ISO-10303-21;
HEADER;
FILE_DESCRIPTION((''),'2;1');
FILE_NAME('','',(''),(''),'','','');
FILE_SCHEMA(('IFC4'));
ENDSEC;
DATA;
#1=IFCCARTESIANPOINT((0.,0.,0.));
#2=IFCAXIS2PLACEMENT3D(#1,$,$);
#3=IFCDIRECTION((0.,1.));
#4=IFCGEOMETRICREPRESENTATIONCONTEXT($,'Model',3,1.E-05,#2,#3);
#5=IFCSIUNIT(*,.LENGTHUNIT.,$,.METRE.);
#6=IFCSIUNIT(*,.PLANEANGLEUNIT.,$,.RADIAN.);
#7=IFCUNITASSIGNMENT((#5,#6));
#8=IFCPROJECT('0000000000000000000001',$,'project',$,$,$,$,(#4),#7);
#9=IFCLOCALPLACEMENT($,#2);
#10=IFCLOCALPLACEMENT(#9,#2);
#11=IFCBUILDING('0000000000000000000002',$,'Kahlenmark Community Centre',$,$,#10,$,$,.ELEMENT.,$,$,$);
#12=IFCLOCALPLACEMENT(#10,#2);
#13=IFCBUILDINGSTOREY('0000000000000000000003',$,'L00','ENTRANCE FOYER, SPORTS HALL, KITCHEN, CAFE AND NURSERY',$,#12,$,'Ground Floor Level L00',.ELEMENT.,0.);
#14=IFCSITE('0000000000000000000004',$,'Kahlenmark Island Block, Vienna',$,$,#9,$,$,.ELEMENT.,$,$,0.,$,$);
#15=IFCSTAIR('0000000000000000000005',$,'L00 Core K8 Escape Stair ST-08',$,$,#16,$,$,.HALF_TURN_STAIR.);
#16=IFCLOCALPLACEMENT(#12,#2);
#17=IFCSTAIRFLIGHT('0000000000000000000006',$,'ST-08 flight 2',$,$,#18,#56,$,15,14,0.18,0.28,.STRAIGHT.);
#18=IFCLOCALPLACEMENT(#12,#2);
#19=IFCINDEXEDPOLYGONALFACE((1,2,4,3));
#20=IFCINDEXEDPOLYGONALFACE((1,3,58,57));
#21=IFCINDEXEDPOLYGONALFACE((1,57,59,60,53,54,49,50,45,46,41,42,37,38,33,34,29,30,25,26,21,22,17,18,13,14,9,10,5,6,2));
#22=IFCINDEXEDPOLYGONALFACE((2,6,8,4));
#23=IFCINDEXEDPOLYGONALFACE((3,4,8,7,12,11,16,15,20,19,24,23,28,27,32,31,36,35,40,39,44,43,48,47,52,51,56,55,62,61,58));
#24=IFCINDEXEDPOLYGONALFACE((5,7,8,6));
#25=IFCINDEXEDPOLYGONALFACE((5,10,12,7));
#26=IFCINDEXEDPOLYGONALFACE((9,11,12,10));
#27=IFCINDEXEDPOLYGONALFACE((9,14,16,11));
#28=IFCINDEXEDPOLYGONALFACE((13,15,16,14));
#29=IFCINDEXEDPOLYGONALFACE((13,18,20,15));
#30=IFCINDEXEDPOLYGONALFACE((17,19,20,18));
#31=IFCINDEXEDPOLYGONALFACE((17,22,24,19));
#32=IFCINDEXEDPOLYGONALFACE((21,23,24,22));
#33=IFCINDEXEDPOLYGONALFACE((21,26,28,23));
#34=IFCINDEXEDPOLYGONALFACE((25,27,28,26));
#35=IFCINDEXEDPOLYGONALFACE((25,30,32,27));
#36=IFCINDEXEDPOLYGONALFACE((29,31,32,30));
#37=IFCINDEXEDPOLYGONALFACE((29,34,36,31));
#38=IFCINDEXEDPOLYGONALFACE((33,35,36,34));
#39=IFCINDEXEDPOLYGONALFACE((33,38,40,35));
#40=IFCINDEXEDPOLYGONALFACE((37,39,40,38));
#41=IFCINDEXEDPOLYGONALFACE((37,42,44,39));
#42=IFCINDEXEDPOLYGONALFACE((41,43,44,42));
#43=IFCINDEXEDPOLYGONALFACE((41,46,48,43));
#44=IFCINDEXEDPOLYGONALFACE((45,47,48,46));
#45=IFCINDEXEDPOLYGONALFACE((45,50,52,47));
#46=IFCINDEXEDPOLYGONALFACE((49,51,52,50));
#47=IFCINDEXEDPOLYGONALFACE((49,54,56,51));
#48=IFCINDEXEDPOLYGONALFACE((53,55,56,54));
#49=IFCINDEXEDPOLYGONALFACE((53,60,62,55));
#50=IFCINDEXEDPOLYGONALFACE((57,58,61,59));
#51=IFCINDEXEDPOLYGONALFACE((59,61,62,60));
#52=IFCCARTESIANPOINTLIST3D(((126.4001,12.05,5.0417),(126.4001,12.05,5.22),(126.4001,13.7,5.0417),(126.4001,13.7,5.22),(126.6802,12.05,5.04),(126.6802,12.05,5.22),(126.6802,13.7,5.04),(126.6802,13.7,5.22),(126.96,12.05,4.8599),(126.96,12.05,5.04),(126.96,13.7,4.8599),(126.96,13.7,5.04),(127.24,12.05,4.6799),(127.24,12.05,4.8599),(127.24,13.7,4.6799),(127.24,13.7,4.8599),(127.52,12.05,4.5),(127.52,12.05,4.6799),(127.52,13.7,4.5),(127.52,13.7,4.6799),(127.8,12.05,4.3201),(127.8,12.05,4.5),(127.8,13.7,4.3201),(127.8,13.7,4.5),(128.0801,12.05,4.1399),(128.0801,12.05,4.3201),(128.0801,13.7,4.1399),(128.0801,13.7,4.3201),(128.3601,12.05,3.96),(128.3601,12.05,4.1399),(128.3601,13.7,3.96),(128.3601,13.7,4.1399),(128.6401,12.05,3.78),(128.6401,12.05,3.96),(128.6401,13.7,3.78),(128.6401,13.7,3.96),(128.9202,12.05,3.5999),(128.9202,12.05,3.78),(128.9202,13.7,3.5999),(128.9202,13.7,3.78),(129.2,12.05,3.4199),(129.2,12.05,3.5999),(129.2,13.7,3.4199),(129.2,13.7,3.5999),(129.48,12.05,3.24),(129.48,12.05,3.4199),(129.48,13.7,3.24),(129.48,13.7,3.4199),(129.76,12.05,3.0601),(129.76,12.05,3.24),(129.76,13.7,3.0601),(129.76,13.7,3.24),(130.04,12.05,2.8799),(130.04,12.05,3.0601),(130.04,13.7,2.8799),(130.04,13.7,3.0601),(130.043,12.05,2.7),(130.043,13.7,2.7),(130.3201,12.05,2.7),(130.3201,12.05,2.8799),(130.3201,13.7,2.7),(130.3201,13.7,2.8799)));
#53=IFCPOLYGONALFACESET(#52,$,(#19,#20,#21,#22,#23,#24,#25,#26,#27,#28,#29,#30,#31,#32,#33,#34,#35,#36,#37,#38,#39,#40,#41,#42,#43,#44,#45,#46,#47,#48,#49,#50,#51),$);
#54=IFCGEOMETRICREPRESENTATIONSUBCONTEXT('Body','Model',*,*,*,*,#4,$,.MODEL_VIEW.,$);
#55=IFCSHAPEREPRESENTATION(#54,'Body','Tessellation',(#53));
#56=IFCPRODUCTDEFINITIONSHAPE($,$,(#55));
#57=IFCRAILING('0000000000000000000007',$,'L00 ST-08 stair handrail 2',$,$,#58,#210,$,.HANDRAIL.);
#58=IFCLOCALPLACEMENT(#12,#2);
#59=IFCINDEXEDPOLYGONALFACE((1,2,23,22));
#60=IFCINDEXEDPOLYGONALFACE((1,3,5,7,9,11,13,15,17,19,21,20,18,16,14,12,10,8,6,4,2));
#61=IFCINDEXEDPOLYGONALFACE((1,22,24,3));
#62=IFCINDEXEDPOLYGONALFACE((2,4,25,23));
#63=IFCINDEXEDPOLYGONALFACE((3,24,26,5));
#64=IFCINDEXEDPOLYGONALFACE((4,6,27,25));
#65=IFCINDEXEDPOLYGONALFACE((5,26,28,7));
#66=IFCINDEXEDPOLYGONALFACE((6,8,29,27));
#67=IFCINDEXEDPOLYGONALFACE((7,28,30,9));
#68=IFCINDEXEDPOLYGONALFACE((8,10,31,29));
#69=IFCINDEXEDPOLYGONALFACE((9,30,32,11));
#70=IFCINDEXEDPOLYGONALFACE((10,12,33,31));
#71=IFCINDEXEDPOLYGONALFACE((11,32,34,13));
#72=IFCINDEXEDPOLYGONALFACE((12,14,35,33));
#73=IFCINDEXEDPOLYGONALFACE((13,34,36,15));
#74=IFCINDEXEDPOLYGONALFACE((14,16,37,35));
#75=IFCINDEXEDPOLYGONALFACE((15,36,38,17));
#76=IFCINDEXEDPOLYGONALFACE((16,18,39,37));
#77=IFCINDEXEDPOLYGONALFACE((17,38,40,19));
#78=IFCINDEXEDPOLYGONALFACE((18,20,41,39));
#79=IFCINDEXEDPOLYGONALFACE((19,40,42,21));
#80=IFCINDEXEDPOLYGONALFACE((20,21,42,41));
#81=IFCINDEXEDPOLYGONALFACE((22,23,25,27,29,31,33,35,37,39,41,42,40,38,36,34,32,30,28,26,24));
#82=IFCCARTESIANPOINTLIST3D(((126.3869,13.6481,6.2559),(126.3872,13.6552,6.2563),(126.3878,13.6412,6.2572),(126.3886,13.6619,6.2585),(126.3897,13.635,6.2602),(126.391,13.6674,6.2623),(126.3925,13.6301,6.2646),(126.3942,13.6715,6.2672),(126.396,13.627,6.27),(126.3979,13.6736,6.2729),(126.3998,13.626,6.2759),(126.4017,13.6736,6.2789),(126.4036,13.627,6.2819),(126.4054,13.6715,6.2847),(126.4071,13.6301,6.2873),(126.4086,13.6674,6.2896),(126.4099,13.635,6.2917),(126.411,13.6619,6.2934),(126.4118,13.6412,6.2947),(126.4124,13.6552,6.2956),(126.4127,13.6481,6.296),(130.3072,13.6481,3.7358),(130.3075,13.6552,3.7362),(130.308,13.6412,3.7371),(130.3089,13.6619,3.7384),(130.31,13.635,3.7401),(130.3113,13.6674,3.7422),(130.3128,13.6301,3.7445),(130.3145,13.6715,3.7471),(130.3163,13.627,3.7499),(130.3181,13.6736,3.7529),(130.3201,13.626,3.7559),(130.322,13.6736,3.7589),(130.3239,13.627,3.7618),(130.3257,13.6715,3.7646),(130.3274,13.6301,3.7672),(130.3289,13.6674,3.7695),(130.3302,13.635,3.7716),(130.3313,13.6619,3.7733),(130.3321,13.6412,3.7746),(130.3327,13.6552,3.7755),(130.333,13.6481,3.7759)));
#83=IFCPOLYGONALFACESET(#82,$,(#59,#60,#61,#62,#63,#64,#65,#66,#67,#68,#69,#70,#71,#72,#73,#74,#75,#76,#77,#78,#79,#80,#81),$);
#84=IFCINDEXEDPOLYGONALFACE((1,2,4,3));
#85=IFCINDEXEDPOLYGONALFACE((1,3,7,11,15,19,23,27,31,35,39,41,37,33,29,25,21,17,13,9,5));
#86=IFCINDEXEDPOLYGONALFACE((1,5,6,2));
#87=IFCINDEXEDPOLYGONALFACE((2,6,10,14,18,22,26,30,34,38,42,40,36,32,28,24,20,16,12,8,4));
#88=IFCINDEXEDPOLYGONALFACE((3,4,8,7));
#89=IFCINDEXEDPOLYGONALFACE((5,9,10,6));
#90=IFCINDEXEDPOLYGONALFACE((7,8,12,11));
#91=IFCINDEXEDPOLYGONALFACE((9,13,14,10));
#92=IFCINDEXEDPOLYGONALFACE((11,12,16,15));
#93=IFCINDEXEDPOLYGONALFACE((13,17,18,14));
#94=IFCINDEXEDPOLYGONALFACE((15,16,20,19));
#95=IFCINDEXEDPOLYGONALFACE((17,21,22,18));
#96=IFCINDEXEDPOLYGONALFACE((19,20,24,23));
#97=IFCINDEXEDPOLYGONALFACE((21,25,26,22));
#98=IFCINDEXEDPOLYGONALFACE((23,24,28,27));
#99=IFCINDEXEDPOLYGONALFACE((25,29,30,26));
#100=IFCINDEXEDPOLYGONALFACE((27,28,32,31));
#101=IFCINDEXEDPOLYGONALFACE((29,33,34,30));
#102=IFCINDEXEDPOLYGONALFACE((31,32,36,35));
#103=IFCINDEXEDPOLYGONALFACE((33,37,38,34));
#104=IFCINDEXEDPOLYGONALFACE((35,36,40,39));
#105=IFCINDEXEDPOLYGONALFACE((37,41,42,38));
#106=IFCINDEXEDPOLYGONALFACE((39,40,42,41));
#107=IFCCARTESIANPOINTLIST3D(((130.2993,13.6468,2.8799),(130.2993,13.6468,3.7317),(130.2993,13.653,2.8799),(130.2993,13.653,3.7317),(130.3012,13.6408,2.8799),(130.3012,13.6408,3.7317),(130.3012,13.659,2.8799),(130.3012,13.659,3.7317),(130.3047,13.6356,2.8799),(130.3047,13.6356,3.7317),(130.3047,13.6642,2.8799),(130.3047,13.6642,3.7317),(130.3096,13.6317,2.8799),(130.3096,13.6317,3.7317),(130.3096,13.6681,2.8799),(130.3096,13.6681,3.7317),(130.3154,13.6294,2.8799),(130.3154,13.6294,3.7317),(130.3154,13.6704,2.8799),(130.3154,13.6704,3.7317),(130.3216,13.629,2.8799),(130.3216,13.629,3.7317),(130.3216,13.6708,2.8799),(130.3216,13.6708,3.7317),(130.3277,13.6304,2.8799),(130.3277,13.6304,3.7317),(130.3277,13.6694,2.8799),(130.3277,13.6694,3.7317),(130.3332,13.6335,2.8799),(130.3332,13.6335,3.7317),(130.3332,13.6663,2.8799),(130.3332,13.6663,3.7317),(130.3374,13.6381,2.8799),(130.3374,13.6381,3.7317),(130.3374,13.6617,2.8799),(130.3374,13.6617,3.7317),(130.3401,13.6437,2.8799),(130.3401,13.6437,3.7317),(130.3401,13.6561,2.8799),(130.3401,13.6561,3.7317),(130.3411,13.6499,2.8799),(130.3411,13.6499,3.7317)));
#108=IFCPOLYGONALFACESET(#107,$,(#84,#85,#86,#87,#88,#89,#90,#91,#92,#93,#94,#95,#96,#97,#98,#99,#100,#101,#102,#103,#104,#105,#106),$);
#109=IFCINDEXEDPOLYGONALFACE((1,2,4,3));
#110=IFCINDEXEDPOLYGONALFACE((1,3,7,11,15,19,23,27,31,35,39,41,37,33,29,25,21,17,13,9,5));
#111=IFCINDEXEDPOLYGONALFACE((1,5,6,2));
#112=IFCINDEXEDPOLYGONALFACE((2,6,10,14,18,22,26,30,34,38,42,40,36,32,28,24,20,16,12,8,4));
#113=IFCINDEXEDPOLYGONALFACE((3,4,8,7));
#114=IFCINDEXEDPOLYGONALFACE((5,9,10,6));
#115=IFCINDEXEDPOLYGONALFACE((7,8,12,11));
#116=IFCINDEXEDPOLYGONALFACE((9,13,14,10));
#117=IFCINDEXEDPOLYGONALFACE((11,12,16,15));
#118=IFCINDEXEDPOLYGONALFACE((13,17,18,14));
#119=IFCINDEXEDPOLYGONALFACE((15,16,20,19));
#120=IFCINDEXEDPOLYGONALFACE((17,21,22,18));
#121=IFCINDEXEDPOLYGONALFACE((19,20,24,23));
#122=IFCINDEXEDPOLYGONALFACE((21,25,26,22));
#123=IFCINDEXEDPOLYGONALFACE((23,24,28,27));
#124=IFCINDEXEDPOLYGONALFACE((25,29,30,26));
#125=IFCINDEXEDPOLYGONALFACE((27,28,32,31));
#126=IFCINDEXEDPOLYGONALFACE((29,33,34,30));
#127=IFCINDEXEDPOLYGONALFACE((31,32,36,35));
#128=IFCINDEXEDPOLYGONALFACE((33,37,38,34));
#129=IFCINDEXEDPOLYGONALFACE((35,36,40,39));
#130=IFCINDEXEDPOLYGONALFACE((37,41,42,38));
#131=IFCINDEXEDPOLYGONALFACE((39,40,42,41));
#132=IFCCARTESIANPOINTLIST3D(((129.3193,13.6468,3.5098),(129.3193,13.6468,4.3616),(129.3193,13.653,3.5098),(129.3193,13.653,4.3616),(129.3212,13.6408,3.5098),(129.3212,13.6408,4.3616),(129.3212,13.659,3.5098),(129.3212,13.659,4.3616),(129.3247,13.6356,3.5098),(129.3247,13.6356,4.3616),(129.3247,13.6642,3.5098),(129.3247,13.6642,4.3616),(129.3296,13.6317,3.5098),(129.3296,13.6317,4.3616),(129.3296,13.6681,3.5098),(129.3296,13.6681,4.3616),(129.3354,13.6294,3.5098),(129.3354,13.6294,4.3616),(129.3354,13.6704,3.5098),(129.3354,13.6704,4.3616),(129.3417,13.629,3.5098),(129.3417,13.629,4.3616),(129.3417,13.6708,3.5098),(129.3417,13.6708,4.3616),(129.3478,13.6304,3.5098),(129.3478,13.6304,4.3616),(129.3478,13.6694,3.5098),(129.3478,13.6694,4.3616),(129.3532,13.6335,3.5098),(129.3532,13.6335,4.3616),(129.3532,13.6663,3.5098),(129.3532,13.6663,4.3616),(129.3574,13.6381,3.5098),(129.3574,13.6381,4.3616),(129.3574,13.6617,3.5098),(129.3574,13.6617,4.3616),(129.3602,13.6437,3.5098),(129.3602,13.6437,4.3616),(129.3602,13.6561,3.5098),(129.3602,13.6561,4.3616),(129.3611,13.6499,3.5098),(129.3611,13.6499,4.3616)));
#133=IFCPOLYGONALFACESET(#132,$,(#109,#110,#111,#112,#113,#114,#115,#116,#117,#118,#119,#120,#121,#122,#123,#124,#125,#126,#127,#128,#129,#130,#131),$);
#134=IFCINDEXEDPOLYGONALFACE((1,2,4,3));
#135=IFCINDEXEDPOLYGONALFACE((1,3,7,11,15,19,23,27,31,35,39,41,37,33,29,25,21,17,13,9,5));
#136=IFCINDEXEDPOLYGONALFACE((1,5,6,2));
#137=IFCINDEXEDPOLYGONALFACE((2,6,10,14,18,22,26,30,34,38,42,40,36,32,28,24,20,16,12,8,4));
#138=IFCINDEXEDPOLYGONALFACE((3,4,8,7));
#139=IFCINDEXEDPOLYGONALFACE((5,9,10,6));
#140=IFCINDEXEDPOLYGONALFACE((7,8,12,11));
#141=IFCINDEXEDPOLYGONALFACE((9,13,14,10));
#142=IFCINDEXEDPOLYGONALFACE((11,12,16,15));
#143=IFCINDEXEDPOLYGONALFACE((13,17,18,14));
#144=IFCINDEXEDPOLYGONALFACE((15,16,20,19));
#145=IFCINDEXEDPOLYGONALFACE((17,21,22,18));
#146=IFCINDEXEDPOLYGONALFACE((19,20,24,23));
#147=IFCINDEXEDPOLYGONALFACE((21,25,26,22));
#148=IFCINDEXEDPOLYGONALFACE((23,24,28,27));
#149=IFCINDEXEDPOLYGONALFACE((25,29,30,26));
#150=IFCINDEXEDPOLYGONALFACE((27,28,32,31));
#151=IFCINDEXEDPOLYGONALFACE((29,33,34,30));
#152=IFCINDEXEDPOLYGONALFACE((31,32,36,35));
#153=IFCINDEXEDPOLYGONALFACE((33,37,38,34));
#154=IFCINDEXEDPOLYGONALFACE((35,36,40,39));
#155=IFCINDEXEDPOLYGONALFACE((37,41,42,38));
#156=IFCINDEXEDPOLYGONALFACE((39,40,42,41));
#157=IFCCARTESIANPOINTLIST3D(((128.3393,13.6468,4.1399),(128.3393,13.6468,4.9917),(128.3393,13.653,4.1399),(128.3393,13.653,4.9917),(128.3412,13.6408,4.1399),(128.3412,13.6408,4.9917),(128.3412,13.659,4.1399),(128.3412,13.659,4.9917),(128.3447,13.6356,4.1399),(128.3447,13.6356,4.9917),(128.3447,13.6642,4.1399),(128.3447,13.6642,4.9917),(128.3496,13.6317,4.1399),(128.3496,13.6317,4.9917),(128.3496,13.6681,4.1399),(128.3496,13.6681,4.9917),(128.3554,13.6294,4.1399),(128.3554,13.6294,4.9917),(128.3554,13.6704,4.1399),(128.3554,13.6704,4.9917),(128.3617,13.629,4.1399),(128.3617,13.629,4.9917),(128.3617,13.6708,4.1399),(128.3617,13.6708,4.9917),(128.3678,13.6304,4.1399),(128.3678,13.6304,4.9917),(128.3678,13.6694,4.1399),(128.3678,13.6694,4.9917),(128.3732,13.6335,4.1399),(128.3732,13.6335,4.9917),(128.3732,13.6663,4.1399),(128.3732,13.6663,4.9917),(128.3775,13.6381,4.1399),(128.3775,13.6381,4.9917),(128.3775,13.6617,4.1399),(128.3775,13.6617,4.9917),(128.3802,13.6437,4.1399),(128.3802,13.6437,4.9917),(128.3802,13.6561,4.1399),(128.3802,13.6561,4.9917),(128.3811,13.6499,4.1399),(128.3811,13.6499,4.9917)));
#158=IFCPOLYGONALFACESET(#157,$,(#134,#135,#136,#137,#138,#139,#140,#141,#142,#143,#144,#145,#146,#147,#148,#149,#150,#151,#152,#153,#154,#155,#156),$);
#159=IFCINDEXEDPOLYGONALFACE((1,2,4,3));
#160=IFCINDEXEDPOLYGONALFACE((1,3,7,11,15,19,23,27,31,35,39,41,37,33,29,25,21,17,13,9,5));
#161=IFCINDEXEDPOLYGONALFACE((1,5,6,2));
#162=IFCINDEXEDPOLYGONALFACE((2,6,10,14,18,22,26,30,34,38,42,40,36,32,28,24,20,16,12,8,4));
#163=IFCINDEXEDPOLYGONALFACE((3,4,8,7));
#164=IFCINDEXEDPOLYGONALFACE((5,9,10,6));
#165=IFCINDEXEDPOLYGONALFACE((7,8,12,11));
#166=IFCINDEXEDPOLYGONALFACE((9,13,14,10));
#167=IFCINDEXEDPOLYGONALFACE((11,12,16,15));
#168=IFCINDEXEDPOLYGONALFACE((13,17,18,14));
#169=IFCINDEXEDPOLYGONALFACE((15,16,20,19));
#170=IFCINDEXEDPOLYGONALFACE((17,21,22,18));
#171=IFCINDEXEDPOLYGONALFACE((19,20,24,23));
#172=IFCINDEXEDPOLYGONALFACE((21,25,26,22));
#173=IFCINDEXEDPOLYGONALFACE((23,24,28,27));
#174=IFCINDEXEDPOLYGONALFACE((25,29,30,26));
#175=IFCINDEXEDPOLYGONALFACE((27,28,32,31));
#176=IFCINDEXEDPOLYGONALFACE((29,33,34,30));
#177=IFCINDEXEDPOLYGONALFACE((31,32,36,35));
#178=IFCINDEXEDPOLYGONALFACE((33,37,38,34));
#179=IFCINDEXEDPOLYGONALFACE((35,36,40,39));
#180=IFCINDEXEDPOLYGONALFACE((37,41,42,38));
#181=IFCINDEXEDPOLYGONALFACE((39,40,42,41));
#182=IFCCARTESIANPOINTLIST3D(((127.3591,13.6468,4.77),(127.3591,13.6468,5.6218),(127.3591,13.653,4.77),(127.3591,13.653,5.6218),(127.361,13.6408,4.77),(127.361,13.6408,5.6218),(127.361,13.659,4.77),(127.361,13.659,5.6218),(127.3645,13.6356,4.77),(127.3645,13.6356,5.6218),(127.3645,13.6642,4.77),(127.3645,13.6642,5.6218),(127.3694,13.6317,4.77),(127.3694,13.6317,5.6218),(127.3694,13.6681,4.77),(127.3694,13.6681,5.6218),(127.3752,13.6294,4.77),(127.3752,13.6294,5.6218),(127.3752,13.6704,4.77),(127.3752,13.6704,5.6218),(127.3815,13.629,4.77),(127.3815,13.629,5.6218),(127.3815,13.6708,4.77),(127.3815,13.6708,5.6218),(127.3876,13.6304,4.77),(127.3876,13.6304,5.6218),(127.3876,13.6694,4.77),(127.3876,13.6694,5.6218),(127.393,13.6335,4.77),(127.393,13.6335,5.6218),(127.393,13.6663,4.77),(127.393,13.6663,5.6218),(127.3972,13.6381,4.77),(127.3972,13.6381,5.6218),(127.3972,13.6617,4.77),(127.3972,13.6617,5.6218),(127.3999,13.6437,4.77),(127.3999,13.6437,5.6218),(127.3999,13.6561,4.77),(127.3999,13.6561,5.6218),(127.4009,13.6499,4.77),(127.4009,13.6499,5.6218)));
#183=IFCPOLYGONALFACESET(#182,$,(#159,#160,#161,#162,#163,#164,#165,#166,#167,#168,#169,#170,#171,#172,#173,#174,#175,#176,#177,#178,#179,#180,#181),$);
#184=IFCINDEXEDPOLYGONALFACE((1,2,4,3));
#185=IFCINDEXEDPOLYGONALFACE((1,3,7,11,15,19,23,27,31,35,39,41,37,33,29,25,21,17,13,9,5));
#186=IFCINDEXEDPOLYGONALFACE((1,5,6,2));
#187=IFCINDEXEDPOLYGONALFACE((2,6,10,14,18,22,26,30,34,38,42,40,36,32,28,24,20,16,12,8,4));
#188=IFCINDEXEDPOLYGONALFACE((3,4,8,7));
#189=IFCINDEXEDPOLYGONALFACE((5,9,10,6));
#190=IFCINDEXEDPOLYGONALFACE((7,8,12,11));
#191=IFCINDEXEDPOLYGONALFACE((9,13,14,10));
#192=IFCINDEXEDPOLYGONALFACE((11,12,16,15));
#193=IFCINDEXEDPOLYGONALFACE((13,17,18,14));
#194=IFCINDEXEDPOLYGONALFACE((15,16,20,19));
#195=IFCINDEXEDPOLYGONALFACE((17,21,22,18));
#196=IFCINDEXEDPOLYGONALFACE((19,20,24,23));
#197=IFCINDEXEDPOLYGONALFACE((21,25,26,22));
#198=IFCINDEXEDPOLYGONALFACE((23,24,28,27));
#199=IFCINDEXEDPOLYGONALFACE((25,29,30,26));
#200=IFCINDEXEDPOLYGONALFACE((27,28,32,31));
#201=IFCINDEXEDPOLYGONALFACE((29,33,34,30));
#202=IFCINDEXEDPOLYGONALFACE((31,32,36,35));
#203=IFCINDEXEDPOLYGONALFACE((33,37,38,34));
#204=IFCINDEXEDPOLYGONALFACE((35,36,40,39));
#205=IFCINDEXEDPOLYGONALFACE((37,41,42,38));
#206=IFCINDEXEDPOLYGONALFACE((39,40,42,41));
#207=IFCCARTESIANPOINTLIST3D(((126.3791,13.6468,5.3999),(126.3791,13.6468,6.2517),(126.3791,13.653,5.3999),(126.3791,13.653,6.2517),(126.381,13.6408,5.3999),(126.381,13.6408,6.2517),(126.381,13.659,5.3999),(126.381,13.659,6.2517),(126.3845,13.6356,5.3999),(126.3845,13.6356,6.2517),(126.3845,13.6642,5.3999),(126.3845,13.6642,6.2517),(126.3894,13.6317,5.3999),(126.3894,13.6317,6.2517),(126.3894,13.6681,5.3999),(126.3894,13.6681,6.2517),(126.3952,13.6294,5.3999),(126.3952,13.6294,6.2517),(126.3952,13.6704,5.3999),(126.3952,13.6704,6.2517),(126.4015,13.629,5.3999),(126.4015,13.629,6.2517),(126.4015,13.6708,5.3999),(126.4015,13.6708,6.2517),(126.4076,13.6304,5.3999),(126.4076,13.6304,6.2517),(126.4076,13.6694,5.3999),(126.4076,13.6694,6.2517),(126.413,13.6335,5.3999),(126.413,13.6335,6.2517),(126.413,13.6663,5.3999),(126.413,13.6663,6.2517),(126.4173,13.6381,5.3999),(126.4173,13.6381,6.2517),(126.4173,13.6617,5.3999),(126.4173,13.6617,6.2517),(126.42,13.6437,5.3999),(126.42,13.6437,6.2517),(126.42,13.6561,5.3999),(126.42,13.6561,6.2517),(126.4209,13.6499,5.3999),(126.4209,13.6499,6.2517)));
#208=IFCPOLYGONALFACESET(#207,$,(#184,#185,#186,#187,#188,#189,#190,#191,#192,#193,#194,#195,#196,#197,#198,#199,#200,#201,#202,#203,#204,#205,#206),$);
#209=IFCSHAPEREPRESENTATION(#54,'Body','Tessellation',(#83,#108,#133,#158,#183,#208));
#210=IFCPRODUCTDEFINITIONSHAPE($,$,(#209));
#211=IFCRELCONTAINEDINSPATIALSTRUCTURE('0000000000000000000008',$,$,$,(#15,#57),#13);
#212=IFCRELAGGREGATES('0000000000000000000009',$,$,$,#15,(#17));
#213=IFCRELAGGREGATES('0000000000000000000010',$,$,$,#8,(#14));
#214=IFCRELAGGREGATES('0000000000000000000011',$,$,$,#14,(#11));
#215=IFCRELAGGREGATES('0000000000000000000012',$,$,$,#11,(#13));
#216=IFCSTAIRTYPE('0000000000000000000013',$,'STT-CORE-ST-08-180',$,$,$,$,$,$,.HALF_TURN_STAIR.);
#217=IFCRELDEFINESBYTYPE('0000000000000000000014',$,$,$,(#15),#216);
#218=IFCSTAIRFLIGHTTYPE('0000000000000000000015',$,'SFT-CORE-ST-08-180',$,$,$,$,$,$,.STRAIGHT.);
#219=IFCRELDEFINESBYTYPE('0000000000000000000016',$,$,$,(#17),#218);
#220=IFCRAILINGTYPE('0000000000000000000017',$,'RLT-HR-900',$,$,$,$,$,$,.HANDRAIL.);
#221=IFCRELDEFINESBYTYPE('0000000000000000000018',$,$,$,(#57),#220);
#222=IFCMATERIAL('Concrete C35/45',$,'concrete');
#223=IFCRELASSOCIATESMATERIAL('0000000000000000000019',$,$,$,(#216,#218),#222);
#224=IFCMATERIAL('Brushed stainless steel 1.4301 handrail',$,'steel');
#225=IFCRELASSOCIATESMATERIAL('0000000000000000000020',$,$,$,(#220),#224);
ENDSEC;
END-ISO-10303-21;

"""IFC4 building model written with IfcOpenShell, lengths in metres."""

from ifc_helpers import new_model, si_unit, direction, frame, origin, origin_2d, place, context, subcontext, project, spatial, polyline, circle, outline, extrude, material, type_object, element, aggregate, save


model = new_model("IFC4")

# Units and contexts
model_context = context("Model", 3, precision=1e-05, world=origin(), true_north=direction((0.0, 1.0)))
body_context = subcontext(model_context, "Body", "Model", "MODEL_VIEW")
ifc_project = project(units=[si_unit("LENGTHUNIT", "METRE"), si_unit("PLANEANGLEUNIT", "RADIAN")], contexts=[model_context])

# Site, building, storey
site_placement = place(None, origin())
site = spatial("IfcSite", under=ifc_project, at=site_placement, Name="Kahlenmark Island Block, Vienna", CompositionType="ELEMENT", RefElevation=0.0)
building_placement = place(site_placement, origin())
building = spatial("IfcBuilding", under=site, at=building_placement, Name="Kahlenmark Community Centre", CompositionType="ELEMENT")
storey_placement = place(building_placement, origin())
storey = spatial("IfcBuildingStorey", under=building, at=storey_placement, Name="L00", Description="ENTRANCE FOYER, SPORTS HALL, KITCHEN, CAFE AND NURSERY", LongName="Ground Floor Level L00", CompositionType="ELEMENT", Elevation=0.0)

# Shared definitions
ifc_material_1 = material(Name="Concrete C35/45", Category="concrete")

# Stair, stair flight
stair_type = type_object("IfcStairType", Name="STT-CORE-ST-08-180", PredefinedType="HALF_TURN_STAIR", material=ifc_material_1)
stair_placement = place(storey_placement, origin())
stair = element("IfcStair", 1, at=stair_placement, inside=storey, type_object=stair_type, Name="L00 Core K8 Escape Stair ST-08", PredefinedType="HALF_TURN_STAIR")
stair_flight_type = type_object("IfcStairFlightType", Name="SFT-CORE-ST-08-180", PredefinedType="STRAIGHT", material=ifc_material_1)
stair_flight_placement = place(storey_placement, frame((130.3201, 12.875, 2.7), z_axis=(0.0, 0.0, 1.0), x_axis=(-1.0, 0.0, 0.0)))
stair_flight = element("IfcStairFlight", 2, at=stair_flight_placement, type_object=stair_flight_type, Name="ST-08 flight 2", NumberOfRisers=15, NumberOfTreads=14, PredefinedType="STRAIGHT", RiserHeight=0.18, TreadLength=0.28, context=body_context, shape_type="SweptSolid", body=[
    extrude(outline(polyline([(0.0, 0.0), (0.0, 0.1799), (0.28, 0.1799), (0.28, 0.3601), (0.5601, 0.3601), (0.5601, 0.54), (0.8401, 0.54), (0.8401, 0.72), (1.1201, 0.72), (1.1201, 0.8999), (1.3999, 0.8999), (1.3999, 1.0801), (1.6799, 1.0801), (1.6799, 1.26), (1.96, 1.26), (1.96, 1.4399), (2.24, 1.4399), (2.24, 1.6201), (2.52, 1.6201), (2.52, 1.8), (2.8, 1.8), (2.8, 1.98), (3.0801, 1.98), (3.0801, 2.1599), (3.3601, 2.1599), (3.3601, 2.3401), (3.6399, 2.3401), (3.6399, 2.52), (3.9199, 2.52), (3.9199, 2.7), (3.9199, 2.3418), (0.2771, 0.0), (0.0, 0.0)])), frame((0.0, 0.825, 0.0), z_axis=(0.0, -1.0, 0.0), x_axis=(1.0, 0.0, 0.0)), (0.0, 0.0, 1.0), 1.6499),
])
aggregate(stair, [stair_flight])

# Railing
ifc_material_2 = material(Name="Brushed stainless steel 1.4301 handrail", Category="steel")
railing_type_1 = type_object("IfcRailingType", Name="RLT-HR-900", PredefinedType="HANDRAIL", material=ifc_material_2)
railing_1_placement = place(storey_placement, frame((130.3201, 13.6499, 2.8799)))
element("IfcRailing", 3, at=railing_1_placement, inside=storey, type_object=railing_type_1, Name="L00 ST-08 stair handrail 2", PredefinedType="HANDRAIL", context=body_context, shape_type="SweptSolid", body=[
    extrude(circle(Radius=0.0239, at=origin_2d()), frame((0.0, 0.0, 0.876), z_axis=(-0.841187, 0.0, 0.540744), x_axis=(0.0, -1.0, 0.0)), (0.0, 0.0, 1.0), 4.6604),
    extrude(circle(Radius=0.021, at=origin_2d()), origin(), (0.0, 0.0, 1.0), 0.8518),
    extrude(circle(Radius=0.021, at=origin_2d()), frame((-0.98, 0.0, 0.6299)), (0.0, 0.0, 1.0), 0.8518),
    extrude(circle(Radius=0.021, at=origin_2d()), frame((-1.96, 0.0, 1.26)), (0.0, 0.0, 1.0), 0.8518),
    extrude(circle(Radius=0.021, at=origin_2d()), frame((-2.9402, 0.0, 1.8901)), (0.0, 0.0, 1.0), 0.8518),
    extrude(circle(Radius=0.021, at=origin_2d()), frame((-3.9202, 0.0, 2.52)), (0.0, 0.0, 1.0), 0.8518),
])

save(model, "model.ifc")
